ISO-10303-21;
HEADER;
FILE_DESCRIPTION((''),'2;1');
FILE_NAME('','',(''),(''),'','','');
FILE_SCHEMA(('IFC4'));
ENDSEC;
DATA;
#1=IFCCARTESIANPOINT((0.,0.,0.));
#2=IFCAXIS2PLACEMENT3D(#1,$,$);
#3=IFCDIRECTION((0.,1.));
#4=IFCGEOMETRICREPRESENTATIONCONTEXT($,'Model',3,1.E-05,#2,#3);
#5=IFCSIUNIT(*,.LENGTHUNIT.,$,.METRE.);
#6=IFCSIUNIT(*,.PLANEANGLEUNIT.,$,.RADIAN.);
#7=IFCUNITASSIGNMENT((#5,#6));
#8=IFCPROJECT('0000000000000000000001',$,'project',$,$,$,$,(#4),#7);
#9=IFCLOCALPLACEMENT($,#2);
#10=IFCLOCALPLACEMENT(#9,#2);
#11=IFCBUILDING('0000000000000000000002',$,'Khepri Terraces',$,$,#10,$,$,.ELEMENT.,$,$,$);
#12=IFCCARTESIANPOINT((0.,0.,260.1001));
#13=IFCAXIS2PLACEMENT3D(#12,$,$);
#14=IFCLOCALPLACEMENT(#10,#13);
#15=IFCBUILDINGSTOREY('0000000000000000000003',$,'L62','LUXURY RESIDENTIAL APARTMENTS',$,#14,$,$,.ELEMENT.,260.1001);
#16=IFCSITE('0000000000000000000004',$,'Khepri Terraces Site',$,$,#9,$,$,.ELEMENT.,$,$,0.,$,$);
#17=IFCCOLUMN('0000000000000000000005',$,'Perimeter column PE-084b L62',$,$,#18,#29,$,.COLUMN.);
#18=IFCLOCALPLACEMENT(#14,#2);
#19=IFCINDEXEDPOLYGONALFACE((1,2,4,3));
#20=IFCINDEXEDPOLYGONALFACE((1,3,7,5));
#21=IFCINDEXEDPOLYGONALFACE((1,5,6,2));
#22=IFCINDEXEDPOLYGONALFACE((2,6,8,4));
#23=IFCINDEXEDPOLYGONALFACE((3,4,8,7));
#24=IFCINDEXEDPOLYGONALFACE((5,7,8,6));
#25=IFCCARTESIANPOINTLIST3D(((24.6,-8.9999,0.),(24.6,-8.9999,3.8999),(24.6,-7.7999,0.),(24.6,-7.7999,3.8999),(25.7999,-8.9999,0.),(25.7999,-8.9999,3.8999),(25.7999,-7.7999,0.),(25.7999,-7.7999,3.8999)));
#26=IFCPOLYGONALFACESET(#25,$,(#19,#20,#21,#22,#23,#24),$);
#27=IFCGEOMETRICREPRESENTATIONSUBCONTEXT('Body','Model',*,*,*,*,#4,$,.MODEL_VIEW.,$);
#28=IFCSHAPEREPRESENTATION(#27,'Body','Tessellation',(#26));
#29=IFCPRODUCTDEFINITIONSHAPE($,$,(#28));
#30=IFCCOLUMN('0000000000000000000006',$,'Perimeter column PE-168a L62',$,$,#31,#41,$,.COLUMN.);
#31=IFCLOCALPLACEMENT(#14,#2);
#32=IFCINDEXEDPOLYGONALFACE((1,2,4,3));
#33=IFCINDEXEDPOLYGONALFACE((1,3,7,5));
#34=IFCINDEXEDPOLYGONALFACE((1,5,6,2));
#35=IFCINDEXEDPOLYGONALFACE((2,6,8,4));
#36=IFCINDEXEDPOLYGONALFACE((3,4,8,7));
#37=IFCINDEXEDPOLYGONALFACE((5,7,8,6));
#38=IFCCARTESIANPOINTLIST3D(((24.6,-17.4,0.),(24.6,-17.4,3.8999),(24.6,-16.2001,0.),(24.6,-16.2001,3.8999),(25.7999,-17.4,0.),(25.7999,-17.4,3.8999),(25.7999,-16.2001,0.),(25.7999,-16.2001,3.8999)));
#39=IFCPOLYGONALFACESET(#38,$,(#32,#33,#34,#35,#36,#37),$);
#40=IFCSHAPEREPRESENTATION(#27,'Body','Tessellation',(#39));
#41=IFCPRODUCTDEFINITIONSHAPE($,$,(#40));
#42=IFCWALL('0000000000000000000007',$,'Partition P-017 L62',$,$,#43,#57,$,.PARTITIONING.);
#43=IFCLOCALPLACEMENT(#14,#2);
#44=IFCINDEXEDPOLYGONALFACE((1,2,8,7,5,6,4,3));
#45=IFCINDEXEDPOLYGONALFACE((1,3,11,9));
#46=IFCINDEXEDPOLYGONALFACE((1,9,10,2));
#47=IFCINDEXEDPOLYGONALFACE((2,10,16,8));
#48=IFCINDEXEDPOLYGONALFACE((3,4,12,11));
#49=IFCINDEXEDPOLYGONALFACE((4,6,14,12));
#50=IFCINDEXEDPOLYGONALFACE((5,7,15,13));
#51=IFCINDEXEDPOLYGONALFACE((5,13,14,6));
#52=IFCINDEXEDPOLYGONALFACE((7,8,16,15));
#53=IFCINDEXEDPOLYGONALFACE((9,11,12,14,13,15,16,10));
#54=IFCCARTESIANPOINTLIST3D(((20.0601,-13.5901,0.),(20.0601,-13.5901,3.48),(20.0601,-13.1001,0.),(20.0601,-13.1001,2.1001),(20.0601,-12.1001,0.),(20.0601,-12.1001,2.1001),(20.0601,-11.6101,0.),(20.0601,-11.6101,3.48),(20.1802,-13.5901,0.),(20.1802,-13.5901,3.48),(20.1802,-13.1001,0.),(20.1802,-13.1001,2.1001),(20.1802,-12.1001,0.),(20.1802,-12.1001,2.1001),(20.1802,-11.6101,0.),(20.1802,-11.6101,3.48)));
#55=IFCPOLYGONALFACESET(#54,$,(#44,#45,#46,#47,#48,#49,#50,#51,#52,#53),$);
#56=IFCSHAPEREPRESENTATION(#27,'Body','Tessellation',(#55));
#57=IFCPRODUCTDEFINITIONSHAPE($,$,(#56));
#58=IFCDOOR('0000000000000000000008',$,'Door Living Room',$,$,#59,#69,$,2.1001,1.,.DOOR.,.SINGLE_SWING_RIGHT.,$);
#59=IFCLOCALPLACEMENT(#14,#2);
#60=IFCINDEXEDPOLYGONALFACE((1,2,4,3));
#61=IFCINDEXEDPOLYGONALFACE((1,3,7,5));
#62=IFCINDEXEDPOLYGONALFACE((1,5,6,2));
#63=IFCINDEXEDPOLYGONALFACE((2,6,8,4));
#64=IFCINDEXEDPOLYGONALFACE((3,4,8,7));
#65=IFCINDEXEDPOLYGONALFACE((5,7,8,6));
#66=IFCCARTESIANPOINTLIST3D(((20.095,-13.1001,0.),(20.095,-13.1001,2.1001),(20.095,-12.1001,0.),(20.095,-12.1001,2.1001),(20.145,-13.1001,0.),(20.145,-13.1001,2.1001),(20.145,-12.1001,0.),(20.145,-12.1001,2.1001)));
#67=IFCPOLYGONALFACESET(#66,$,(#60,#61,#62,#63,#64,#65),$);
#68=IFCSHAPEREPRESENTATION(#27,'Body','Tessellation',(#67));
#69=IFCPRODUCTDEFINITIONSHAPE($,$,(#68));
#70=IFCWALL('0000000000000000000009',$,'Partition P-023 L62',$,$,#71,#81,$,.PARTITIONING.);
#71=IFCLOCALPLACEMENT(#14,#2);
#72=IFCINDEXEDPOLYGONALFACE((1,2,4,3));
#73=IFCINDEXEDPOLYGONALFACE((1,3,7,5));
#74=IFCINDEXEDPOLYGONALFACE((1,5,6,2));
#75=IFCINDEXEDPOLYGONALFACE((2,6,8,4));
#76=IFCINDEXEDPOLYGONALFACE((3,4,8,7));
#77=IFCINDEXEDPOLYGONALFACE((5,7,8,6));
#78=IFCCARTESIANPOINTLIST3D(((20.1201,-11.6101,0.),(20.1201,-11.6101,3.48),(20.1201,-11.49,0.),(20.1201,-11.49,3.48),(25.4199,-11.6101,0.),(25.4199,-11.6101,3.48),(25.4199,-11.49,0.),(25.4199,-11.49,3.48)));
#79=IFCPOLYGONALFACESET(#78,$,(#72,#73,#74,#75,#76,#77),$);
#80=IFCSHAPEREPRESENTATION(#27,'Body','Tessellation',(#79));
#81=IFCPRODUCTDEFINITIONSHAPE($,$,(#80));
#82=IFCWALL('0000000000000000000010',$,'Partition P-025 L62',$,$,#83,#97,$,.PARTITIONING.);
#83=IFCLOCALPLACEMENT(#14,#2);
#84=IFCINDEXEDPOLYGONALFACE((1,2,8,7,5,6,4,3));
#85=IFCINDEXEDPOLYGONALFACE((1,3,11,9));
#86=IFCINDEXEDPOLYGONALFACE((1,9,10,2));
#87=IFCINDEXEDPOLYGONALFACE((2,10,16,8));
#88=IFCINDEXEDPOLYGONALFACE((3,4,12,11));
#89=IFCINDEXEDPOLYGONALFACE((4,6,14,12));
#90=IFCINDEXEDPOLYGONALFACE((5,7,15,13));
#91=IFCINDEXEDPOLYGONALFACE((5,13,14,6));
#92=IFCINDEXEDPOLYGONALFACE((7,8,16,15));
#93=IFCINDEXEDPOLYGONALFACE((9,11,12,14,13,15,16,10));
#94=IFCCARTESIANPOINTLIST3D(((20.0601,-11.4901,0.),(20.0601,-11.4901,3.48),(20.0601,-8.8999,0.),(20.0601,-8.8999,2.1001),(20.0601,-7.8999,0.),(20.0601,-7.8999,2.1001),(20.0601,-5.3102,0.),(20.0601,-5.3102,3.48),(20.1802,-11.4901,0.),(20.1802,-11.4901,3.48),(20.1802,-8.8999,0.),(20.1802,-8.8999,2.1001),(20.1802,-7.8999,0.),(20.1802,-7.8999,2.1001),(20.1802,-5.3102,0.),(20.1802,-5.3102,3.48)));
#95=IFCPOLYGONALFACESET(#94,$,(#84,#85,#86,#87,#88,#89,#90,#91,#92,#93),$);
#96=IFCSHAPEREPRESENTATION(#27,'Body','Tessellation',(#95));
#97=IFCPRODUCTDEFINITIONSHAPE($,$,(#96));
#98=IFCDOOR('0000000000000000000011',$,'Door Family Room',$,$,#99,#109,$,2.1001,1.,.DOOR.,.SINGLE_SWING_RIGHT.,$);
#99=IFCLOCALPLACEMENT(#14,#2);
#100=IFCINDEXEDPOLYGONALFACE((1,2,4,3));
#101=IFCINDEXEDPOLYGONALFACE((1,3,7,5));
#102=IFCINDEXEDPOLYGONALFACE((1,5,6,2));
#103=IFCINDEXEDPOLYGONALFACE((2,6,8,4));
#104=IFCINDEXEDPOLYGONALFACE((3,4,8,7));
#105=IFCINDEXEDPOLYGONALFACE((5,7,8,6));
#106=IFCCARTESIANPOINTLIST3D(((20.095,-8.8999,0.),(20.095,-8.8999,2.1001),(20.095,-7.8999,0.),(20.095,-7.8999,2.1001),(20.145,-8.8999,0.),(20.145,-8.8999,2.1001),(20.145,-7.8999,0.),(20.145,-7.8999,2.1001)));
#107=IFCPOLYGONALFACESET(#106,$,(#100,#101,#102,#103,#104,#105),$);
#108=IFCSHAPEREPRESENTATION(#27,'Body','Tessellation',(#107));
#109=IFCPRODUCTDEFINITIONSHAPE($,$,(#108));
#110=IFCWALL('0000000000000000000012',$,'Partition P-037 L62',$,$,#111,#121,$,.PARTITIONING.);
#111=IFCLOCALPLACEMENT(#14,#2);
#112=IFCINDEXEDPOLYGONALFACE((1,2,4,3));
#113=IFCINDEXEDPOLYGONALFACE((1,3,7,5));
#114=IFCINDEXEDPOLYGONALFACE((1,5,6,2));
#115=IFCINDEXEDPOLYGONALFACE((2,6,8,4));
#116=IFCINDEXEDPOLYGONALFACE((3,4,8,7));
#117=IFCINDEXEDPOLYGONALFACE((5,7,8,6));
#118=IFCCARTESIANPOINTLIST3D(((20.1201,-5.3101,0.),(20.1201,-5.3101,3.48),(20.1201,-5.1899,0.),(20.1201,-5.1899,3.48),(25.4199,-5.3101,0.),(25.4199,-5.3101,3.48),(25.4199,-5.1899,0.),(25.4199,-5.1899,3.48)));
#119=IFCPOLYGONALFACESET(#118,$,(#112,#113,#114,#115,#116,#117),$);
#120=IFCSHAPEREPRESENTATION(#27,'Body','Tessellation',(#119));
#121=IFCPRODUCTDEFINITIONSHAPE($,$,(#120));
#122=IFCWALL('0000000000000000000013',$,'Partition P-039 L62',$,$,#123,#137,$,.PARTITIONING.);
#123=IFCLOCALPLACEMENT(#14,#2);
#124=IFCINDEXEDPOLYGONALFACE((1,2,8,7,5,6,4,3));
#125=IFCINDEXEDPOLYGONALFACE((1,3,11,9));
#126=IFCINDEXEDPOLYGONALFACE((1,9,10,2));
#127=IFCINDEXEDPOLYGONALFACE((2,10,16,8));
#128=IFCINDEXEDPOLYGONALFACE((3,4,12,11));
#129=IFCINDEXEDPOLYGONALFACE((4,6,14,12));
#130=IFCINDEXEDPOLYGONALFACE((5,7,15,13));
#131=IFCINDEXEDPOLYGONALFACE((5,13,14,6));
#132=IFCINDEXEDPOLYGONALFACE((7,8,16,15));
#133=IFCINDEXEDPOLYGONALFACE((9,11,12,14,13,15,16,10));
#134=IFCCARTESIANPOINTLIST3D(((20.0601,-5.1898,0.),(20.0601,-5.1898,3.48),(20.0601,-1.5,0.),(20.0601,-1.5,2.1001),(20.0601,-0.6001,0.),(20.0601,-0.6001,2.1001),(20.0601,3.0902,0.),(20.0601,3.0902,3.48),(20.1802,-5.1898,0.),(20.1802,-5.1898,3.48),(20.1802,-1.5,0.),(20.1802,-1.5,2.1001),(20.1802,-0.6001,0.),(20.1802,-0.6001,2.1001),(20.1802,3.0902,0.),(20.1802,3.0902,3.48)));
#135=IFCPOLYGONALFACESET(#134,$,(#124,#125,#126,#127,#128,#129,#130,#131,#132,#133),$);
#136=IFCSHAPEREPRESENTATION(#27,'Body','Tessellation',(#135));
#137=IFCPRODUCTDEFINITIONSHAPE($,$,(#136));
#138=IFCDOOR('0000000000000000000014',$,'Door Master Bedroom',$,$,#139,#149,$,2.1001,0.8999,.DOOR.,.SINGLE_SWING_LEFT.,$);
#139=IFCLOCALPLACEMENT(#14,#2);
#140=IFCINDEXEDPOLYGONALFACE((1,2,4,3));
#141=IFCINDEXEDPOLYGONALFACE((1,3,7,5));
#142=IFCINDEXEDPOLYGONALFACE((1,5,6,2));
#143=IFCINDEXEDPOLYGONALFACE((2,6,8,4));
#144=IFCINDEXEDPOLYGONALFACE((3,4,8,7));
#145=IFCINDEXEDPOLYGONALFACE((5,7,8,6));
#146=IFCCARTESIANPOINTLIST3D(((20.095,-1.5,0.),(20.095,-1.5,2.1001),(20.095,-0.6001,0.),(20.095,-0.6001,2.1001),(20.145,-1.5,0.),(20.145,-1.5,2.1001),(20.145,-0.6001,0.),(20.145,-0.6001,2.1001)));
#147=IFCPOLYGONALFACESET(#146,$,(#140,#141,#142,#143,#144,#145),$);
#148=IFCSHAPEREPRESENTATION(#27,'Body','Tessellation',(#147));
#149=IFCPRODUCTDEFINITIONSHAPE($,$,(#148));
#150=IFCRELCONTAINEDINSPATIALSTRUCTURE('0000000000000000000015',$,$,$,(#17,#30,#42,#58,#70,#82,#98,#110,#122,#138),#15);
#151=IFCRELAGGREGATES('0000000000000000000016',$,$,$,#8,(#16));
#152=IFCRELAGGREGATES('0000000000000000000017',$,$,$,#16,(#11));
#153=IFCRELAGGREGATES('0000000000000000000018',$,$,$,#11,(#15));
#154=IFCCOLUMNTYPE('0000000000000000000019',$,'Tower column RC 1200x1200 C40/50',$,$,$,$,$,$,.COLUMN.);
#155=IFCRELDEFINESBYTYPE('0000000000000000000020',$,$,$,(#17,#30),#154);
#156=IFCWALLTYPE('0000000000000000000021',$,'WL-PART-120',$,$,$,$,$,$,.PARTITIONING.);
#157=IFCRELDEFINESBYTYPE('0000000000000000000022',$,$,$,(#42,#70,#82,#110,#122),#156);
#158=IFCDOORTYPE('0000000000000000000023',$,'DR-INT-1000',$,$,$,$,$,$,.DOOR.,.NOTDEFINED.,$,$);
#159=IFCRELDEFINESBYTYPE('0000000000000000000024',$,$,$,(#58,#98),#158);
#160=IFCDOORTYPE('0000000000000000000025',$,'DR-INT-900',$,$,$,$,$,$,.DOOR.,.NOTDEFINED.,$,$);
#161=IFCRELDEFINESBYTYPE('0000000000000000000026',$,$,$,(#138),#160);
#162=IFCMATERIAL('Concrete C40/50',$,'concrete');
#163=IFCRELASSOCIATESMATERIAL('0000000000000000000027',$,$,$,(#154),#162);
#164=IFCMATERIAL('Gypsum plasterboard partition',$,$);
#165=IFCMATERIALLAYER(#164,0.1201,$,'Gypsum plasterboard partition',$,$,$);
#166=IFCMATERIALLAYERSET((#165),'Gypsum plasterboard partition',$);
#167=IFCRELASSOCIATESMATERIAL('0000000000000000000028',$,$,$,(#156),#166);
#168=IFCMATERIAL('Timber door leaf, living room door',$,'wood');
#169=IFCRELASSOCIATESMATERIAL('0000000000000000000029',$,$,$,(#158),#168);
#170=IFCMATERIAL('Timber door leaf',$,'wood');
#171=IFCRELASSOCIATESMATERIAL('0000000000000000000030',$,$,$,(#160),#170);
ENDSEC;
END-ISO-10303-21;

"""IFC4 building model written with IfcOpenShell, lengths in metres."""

from ifc_helpers import new_model, si_unit, direction, frame, frame_2d, origin, origin_2d, place, context, subcontext, project, spatial, rectangle, extrude, material, layer, layer_set, material_profile, profile_set, type_object, element, fill, save


model = new_model("IFC4")

# Units and contexts
model_context = context("Model", 3, precision=1e-05, world=origin(), true_north=direction((0.0, 1.0)))
body_context = subcontext(model_context, "Body", "Model", "MODEL_VIEW")
ifc_project = project(units=[si_unit("LENGTHUNIT", "METRE"), si_unit("PLANEANGLEUNIT", "RADIAN")], contexts=[model_context])

# Site, building, storey
site_placement = place(None, origin())
site = spatial("IfcSite", under=ifc_project, at=site_placement, Name="Khepri Terraces Site", CompositionType="ELEMENT", RefElevation=0.0)
building_placement = place(site_placement, origin())
building = spatial("IfcBuilding", under=site, at=building_placement, Name="Khepri Terraces", CompositionType="ELEMENT")
storey_placement = place(building_placement, frame((0.0, 0.0, 260.1001)))
storey = spatial("IfcBuildingStorey", under=building, at=storey_placement, Name="L62", Description="LUXURY RESIDENTIAL APARTMENTS", CompositionType="ELEMENT", Elevation=260.1001)

# Columns
ifc_material_1 = material(Name="Concrete C40/50", Category="concrete")
ifc_material_profile = material_profile(ifc_material_1, rectangle(XDim=1.2, YDim=1.2, at=origin_2d()), Name="Concrete C40/50", Category="concrete")
ifc_profile_set = profile_set([ifc_material_profile], Name="Concrete C40/50")
column_type = type_object("IfcColumnType", Name="Tower column RC 1200x1200 C40/50", PredefinedType="COLUMN", material=ifc_profile_set)
for number, where, z_axis, x_axis, name in (
    (1, (25.2, -8.3999, 0.0), (0.0, 0.0, 1.0), (1.0, 0.0, 0.0), "Perimeter column PE-084b L62"),
    (2, (25.2, -16.8, 0.0), (0.0, 0.0, 1.0), (1.0, 0.0, 0.0), "Perimeter column PE-168a L62"),
):
    element("IfcColumn", number, at=place(storey_placement, frame(where, z_axis=z_axis, x_axis=x_axis)), inside=storey, type_object=column_type, Name=name, PredefinedType="COLUMN", context=body_context, shape_type="SweptSolid", body=[
        extrude(rectangle(XDim=1.2, YDim=1.2, at=origin_2d()), origin(), (0.0, 0.0, 1.0), 3.8999),
    ])

# Wall, opening, door
ifc_material_2 = material(Name="Gypsum plasterboard partition")
ifc_layer_1 = layer(ifc_material_2, 0.1201, Name="Gypsum plasterboard partition")
ifc_layer_set_1 = layer_set([ifc_layer_1], Name="Gypsum plasterboard partition")
wall_type_1 = type_object("IfcWallType", Name="WL-PART-120", PredefinedType="PARTITIONING", material=ifc_layer_set_1)
wall_1_placement = place(storey_placement, frame((20.1201, -13.5901, 0.0), z_axis=(0.0, 0.0, 1.0), x_axis=(0.0, 1.0, 0.0)))
wall_1 = element("IfcWall", 3, at=wall_1_placement, inside=storey, type_object=wall_type_1, Name="Partition P-017 L62", PredefinedType="PARTITIONING", context=body_context, shape_type="SweptSolid", body=[
    extrude(rectangle(XDim=1.98, YDim=0.1201, at=frame_2d((0.99, 0.0))), origin(), (0.0, 0.0, 1.0), 3.48),
])
opening_1_placement = place(wall_1_placement, frame((0.49, 0.0, 0.0)))
opening_1 = element("IfcOpeningElement", 4, at=opening_1_placement, cuts=wall_1, PredefinedType="OPENING", context=body_context, shape_type="SweptSolid", body=[
    extrude(rectangle(XDim=1.0, YDim=2.1001, at=frame_2d((0.5, 1.05))), frame((0.0, 0.0701, 0.0), z_axis=(0.0, -1.0, 0.0), x_axis=(1.0, 0.0, 0.0)), (0.0, 0.0, 1.0), 0.1401),
])
ifc_material_3 = material(Name="Timber door leaf, living room door", Category="wood")
door_type_1 = type_object("IfcDoorType", Name="DR-INT-1000", OperationType="NOTDEFINED", PredefinedType="DOOR", material=ifc_material_3)
door_1_placement = place(opening_1_placement, frame((1.0, 0.0, 0.0), z_axis=(0.0, 0.0, 1.0), x_axis=(-1.0, 0.0, 0.0)))
door_1 = element("IfcDoor", 5, at=door_1_placement, inside=storey, type_object=door_type_1, Name="Door Living Room", OperationType="SINGLE_SWING_RIGHT", OverallHeight=2.1001, OverallWidth=1.0, PredefinedType="DOOR", context=body_context, shape_type="SweptSolid", body=[
    extrude(rectangle(XDim=1.0, YDim=2.1001, at=frame_2d((0.5, 1.05))), frame((0.0, 0.0249, 0.0), z_axis=(0.0, -1.0, 0.0), x_axis=(1.0, 0.0, 0.0)), (0.0, 0.0, 1.0), 0.05),
])
fill(opening_1, door_1)

# Wall
wall_2_placement = place(storey_placement, frame((20.1201, -11.55, 0.0), z_axis=(0.0, 0.0, 1.0), x_axis=(1.0, 0.0, 0.0)))
element("IfcWall", 6, at=wall_2_placement, inside=storey, type_object=wall_type_1, Name="Partition P-023 L62", PredefinedType="PARTITIONING", context=body_context, shape_type="SweptSolid", body=[
    extrude(rectangle(XDim=5.2998, YDim=0.1201, at=frame_2d((2.6499, 0.0))), origin(), (0.0, 0.0, 1.0), 3.48),
])

# Wall, opening, door
wall_3_placement = place(storey_placement, frame((20.1201, -11.49, 0.0), z_axis=(0.0, 0.0, 1.0), x_axis=(0.0, 1.0, 0.0)))
wall_3 = element("IfcWall", 7, at=wall_3_placement, inside=storey, type_object=wall_type_1, Name="Partition P-025 L62", PredefinedType="PARTITIONING", context=body_context, shape_type="SweptSolid", body=[
    extrude(rectangle(XDim=6.1799, YDim=0.1201, at=frame_2d((3.0898, 0.0))), origin(), (0.0, 0.0, 1.0), 3.48),
])
opening_2_placement = place(wall_3_placement, frame((2.5901, 0.0, 0.0)))
opening_2 = element("IfcOpeningElement", 8, at=opening_2_placement, cuts=wall_3, PredefinedType="OPENING", context=body_context, shape_type="SweptSolid", body=[
    extrude(rectangle(XDim=1.0, YDim=2.1001, at=frame_2d((0.5, 1.05))), frame((0.0, 0.0701, 0.0), z_axis=(0.0, -1.0, 0.0), x_axis=(1.0, 0.0, 0.0)), (0.0, 0.0, 1.0), 0.1401),
])
door_2_placement = place(opening_2_placement, frame((1.0, 0.0, 0.0), z_axis=(0.0, 0.0, 1.0), x_axis=(-1.0, 0.0, 0.0)))
door_2 = element("IfcDoor", 9, at=door_2_placement, inside=storey, type_object=door_type_1, Name="Door Family Room", OperationType="SINGLE_SWING_RIGHT", OverallHeight=2.1001, OverallWidth=1.0, PredefinedType="DOOR", context=body_context, shape_type="SweptSolid", body=[
    extrude(rectangle(XDim=1.0, YDim=2.1001, at=frame_2d((0.5, 1.05))), frame((0.0, 0.0249, 0.0), z_axis=(0.0, -1.0, 0.0), x_axis=(1.0, 0.0, 0.0)), (0.0, 0.0, 1.0), 0.05),
])
fill(opening_2, door_2)

# Wall
wall_4_placement = place(storey_placement, frame((20.1201, -5.25, 0.0), z_axis=(0.0, 0.0, 1.0), x_axis=(1.0, 0.0, 0.0)))
element("IfcWall", 10, at=wall_4_placement, inside=storey, type_object=wall_type_1, Name="Partition P-037 L62", PredefinedType="PARTITIONING", context=body_context, shape_type="SweptSolid", body=[
    extrude(rectangle(XDim=5.2998, YDim=0.1201, at=frame_2d((2.6499, 0.0))), origin(), (0.0, 0.0, 1.0), 3.48),
])

# Wall, opening, door
wall_5_placement = place(storey_placement, frame((20.1201, -5.1899, 0.0), z_axis=(0.0, 0.0, 1.0), x_axis=(0.0, 1.0, 0.0)))
wall_5 = element("IfcWall", 11, at=wall_5_placement, inside=storey, type_object=wall_type_1, Name="Partition P-039 L62", PredefinedType="PARTITIONING", context=body_context, shape_type="SweptSolid", body=[
    extrude(rectangle(XDim=8.28, YDim=0.1201, at=frame_2d((4.1401, 0.0))), origin(), (0.0, 0.0, 1.0), 3.48),
])
opening_3_placement = place(wall_5_placement, frame((3.6899, 0.0, 0.0)))
opening_3 = element("IfcOpeningElement", 12, at=opening_3_placement, cuts=wall_5, PredefinedType="OPENING", context=body_context, shape_type="SweptSolid", body=[
    extrude(rectangle(XDim=0.8999, YDim=2.1001, at=frame_2d((0.45, 1.05))), frame((0.0, 0.0701, 0.0), z_axis=(0.0, -1.0, 0.0), x_axis=(1.0, 0.0, 0.0)), (0.0, 0.0, 1.0), 0.1401),
])
ifc_material_4 = material(Name="Timber door leaf", Category="wood")
door_type_2 = type_object("IfcDoorType", Name="DR-INT-900", OperationType="NOTDEFINED", PredefinedType="DOOR", material=ifc_material_4)
door_3_placement = place(opening_3_placement, frame((0.8999, 0.0, 0.0), z_axis=(0.0, 0.0, 1.0), x_axis=(-1.0, 0.0, 0.0)))
door_3 = element("IfcDoor", 13, at=door_3_placement, inside=storey, type_object=door_type_2, Name="Door Master Bedroom", OperationType="SINGLE_SWING_LEFT", OverallHeight=2.1001, OverallWidth=0.8999, PredefinedType="DOOR", context=body_context, shape_type="SweptSolid", body=[
    extrude(rectangle(XDim=0.8999, YDim=2.1001, at=frame_2d((0.45, 1.05))), frame((0.0, 0.0249, 0.0), z_axis=(0.0, -1.0, 0.0), x_axis=(1.0, 0.0, 0.0)), (0.0, 0.0, 1.0), 0.05),
])
fill(opening_3, door_3)

save(model, "model.ifc")
